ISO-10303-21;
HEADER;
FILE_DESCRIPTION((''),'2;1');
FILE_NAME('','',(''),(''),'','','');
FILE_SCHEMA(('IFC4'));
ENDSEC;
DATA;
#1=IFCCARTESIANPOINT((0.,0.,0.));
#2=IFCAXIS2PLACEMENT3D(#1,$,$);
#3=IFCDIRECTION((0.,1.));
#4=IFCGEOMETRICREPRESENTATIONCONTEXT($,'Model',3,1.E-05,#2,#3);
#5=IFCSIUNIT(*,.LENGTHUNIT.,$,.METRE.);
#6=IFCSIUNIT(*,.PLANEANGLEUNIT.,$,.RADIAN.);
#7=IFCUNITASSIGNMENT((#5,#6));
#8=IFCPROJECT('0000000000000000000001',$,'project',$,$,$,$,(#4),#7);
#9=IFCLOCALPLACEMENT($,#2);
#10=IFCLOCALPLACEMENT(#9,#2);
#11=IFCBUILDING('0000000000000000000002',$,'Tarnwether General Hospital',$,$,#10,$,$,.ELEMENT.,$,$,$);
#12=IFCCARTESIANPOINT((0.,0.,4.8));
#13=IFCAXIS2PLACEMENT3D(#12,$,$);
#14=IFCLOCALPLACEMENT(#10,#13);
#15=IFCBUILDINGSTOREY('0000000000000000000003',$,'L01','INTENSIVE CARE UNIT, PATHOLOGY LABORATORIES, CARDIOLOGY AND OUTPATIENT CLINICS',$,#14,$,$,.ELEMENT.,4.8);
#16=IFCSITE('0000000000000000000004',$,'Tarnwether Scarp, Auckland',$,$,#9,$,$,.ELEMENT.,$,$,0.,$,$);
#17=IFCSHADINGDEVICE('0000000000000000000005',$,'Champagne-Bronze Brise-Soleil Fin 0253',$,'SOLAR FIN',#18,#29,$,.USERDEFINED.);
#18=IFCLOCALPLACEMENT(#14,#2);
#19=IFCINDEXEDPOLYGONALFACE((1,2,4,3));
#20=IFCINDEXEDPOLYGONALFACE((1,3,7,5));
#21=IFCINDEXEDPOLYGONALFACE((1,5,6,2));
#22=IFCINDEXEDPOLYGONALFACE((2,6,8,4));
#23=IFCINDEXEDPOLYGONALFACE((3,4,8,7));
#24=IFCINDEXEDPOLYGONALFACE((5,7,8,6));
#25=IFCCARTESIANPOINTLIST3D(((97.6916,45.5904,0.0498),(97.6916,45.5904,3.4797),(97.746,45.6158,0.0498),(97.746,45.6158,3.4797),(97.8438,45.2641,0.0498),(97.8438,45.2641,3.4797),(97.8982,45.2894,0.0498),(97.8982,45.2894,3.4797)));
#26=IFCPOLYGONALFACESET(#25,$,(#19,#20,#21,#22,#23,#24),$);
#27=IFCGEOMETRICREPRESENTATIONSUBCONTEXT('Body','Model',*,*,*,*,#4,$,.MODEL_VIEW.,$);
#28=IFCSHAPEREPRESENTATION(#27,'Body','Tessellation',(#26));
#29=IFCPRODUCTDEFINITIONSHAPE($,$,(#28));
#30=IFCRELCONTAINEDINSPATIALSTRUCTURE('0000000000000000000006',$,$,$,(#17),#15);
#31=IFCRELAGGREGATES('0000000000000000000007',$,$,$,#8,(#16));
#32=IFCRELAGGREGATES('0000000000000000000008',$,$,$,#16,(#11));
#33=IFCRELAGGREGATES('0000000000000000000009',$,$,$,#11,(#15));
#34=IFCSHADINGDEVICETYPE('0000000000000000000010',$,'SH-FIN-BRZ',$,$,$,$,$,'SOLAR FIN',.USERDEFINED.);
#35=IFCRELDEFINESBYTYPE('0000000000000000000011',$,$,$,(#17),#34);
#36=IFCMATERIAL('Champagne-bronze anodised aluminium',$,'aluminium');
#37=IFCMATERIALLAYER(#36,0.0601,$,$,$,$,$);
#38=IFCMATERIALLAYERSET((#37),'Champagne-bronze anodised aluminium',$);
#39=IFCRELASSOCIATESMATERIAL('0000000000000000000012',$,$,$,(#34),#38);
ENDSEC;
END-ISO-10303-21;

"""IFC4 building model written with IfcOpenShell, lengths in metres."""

from ifc_helpers import new_model, si_unit, direction, frame, origin, origin_2d, place, context, subcontext, project, spatial, rectangle, extrude, material, layer, layer_set, type_object, element, save


model = new_model("IFC4")

# Units and contexts
model_context = context("Model", 3, precision=1e-05, world=origin(), true_north=direction((0.0, 1.0)))
body_context = subcontext(model_context, "Body", "Model", "MODEL_VIEW")
ifc_project = project(units=[si_unit("LENGTHUNIT", "METRE"), si_unit("PLANEANGLEUNIT", "RADIAN")], contexts=[model_context])

# Site, building, storey
site_placement = place(None, origin())
site = spatial("IfcSite", under=ifc_project, at=site_placement, Name="Tarnwether Scarp, Auckland", CompositionType="ELEMENT", RefElevation=0.0)
building_placement = place(site_placement, origin())
building = spatial("IfcBuilding", under=site, at=building_placement, Name="Tarnwether General Hospital", CompositionType="ELEMENT")
storey_placement = place(building_placement, frame((0.0, 0.0, 4.8)))
storey = spatial("IfcBuildingStorey", under=building, at=storey_placement, Name="L01", Description="INTENSIVE CARE UNIT, PATHOLOGY LABORATORIES, CARDIOLOGY AND OUTPATIENT CLINICS", CompositionType="ELEMENT", Elevation=4.8)

# Shading device
ifc_material_1 = material(Name="Champagne-bronze anodised aluminium", Category="aluminium")
ifc_layer_1 = layer(ifc_material_1, 0.0601)
ifc_layer_set_1 = layer_set([ifc_layer_1], Name="Champagne-bronze anodised aluminium")
shading_device_type = type_object("IfcShadingDeviceType", Name="SH-FIN-BRZ", ElementType="SOLAR FIN", PredefinedType="USERDEFINED", material=ifc_layer_set_1)
for number, where, z_axis, x_axis, name in (
    (1, (97.7949, 45.4399, 0.0498), (0.0, 0.0, 1.0), (-0.906308, -0.422618, 0.0), "Champagne-Bronze Brise-Soleil Fin 0253"),
):
    element("IfcShadingDevice", number, at=place(storey_placement, frame(where, z_axis=z_axis, x_axis=x_axis)), inside=storey, type_object=shading_device_type, Name=name, ObjectType="SOLAR FIN", PredefinedType="USERDEFINED", context=body_context, shape_type="SweptSolid", body=[
        extrude(rectangle(XDim=0.0601, YDim=0.3601, at=origin_2d()), origin(), (0.0, 0.0, 1.0), 3.4299),
    ])

save(model, "model.ifc")
